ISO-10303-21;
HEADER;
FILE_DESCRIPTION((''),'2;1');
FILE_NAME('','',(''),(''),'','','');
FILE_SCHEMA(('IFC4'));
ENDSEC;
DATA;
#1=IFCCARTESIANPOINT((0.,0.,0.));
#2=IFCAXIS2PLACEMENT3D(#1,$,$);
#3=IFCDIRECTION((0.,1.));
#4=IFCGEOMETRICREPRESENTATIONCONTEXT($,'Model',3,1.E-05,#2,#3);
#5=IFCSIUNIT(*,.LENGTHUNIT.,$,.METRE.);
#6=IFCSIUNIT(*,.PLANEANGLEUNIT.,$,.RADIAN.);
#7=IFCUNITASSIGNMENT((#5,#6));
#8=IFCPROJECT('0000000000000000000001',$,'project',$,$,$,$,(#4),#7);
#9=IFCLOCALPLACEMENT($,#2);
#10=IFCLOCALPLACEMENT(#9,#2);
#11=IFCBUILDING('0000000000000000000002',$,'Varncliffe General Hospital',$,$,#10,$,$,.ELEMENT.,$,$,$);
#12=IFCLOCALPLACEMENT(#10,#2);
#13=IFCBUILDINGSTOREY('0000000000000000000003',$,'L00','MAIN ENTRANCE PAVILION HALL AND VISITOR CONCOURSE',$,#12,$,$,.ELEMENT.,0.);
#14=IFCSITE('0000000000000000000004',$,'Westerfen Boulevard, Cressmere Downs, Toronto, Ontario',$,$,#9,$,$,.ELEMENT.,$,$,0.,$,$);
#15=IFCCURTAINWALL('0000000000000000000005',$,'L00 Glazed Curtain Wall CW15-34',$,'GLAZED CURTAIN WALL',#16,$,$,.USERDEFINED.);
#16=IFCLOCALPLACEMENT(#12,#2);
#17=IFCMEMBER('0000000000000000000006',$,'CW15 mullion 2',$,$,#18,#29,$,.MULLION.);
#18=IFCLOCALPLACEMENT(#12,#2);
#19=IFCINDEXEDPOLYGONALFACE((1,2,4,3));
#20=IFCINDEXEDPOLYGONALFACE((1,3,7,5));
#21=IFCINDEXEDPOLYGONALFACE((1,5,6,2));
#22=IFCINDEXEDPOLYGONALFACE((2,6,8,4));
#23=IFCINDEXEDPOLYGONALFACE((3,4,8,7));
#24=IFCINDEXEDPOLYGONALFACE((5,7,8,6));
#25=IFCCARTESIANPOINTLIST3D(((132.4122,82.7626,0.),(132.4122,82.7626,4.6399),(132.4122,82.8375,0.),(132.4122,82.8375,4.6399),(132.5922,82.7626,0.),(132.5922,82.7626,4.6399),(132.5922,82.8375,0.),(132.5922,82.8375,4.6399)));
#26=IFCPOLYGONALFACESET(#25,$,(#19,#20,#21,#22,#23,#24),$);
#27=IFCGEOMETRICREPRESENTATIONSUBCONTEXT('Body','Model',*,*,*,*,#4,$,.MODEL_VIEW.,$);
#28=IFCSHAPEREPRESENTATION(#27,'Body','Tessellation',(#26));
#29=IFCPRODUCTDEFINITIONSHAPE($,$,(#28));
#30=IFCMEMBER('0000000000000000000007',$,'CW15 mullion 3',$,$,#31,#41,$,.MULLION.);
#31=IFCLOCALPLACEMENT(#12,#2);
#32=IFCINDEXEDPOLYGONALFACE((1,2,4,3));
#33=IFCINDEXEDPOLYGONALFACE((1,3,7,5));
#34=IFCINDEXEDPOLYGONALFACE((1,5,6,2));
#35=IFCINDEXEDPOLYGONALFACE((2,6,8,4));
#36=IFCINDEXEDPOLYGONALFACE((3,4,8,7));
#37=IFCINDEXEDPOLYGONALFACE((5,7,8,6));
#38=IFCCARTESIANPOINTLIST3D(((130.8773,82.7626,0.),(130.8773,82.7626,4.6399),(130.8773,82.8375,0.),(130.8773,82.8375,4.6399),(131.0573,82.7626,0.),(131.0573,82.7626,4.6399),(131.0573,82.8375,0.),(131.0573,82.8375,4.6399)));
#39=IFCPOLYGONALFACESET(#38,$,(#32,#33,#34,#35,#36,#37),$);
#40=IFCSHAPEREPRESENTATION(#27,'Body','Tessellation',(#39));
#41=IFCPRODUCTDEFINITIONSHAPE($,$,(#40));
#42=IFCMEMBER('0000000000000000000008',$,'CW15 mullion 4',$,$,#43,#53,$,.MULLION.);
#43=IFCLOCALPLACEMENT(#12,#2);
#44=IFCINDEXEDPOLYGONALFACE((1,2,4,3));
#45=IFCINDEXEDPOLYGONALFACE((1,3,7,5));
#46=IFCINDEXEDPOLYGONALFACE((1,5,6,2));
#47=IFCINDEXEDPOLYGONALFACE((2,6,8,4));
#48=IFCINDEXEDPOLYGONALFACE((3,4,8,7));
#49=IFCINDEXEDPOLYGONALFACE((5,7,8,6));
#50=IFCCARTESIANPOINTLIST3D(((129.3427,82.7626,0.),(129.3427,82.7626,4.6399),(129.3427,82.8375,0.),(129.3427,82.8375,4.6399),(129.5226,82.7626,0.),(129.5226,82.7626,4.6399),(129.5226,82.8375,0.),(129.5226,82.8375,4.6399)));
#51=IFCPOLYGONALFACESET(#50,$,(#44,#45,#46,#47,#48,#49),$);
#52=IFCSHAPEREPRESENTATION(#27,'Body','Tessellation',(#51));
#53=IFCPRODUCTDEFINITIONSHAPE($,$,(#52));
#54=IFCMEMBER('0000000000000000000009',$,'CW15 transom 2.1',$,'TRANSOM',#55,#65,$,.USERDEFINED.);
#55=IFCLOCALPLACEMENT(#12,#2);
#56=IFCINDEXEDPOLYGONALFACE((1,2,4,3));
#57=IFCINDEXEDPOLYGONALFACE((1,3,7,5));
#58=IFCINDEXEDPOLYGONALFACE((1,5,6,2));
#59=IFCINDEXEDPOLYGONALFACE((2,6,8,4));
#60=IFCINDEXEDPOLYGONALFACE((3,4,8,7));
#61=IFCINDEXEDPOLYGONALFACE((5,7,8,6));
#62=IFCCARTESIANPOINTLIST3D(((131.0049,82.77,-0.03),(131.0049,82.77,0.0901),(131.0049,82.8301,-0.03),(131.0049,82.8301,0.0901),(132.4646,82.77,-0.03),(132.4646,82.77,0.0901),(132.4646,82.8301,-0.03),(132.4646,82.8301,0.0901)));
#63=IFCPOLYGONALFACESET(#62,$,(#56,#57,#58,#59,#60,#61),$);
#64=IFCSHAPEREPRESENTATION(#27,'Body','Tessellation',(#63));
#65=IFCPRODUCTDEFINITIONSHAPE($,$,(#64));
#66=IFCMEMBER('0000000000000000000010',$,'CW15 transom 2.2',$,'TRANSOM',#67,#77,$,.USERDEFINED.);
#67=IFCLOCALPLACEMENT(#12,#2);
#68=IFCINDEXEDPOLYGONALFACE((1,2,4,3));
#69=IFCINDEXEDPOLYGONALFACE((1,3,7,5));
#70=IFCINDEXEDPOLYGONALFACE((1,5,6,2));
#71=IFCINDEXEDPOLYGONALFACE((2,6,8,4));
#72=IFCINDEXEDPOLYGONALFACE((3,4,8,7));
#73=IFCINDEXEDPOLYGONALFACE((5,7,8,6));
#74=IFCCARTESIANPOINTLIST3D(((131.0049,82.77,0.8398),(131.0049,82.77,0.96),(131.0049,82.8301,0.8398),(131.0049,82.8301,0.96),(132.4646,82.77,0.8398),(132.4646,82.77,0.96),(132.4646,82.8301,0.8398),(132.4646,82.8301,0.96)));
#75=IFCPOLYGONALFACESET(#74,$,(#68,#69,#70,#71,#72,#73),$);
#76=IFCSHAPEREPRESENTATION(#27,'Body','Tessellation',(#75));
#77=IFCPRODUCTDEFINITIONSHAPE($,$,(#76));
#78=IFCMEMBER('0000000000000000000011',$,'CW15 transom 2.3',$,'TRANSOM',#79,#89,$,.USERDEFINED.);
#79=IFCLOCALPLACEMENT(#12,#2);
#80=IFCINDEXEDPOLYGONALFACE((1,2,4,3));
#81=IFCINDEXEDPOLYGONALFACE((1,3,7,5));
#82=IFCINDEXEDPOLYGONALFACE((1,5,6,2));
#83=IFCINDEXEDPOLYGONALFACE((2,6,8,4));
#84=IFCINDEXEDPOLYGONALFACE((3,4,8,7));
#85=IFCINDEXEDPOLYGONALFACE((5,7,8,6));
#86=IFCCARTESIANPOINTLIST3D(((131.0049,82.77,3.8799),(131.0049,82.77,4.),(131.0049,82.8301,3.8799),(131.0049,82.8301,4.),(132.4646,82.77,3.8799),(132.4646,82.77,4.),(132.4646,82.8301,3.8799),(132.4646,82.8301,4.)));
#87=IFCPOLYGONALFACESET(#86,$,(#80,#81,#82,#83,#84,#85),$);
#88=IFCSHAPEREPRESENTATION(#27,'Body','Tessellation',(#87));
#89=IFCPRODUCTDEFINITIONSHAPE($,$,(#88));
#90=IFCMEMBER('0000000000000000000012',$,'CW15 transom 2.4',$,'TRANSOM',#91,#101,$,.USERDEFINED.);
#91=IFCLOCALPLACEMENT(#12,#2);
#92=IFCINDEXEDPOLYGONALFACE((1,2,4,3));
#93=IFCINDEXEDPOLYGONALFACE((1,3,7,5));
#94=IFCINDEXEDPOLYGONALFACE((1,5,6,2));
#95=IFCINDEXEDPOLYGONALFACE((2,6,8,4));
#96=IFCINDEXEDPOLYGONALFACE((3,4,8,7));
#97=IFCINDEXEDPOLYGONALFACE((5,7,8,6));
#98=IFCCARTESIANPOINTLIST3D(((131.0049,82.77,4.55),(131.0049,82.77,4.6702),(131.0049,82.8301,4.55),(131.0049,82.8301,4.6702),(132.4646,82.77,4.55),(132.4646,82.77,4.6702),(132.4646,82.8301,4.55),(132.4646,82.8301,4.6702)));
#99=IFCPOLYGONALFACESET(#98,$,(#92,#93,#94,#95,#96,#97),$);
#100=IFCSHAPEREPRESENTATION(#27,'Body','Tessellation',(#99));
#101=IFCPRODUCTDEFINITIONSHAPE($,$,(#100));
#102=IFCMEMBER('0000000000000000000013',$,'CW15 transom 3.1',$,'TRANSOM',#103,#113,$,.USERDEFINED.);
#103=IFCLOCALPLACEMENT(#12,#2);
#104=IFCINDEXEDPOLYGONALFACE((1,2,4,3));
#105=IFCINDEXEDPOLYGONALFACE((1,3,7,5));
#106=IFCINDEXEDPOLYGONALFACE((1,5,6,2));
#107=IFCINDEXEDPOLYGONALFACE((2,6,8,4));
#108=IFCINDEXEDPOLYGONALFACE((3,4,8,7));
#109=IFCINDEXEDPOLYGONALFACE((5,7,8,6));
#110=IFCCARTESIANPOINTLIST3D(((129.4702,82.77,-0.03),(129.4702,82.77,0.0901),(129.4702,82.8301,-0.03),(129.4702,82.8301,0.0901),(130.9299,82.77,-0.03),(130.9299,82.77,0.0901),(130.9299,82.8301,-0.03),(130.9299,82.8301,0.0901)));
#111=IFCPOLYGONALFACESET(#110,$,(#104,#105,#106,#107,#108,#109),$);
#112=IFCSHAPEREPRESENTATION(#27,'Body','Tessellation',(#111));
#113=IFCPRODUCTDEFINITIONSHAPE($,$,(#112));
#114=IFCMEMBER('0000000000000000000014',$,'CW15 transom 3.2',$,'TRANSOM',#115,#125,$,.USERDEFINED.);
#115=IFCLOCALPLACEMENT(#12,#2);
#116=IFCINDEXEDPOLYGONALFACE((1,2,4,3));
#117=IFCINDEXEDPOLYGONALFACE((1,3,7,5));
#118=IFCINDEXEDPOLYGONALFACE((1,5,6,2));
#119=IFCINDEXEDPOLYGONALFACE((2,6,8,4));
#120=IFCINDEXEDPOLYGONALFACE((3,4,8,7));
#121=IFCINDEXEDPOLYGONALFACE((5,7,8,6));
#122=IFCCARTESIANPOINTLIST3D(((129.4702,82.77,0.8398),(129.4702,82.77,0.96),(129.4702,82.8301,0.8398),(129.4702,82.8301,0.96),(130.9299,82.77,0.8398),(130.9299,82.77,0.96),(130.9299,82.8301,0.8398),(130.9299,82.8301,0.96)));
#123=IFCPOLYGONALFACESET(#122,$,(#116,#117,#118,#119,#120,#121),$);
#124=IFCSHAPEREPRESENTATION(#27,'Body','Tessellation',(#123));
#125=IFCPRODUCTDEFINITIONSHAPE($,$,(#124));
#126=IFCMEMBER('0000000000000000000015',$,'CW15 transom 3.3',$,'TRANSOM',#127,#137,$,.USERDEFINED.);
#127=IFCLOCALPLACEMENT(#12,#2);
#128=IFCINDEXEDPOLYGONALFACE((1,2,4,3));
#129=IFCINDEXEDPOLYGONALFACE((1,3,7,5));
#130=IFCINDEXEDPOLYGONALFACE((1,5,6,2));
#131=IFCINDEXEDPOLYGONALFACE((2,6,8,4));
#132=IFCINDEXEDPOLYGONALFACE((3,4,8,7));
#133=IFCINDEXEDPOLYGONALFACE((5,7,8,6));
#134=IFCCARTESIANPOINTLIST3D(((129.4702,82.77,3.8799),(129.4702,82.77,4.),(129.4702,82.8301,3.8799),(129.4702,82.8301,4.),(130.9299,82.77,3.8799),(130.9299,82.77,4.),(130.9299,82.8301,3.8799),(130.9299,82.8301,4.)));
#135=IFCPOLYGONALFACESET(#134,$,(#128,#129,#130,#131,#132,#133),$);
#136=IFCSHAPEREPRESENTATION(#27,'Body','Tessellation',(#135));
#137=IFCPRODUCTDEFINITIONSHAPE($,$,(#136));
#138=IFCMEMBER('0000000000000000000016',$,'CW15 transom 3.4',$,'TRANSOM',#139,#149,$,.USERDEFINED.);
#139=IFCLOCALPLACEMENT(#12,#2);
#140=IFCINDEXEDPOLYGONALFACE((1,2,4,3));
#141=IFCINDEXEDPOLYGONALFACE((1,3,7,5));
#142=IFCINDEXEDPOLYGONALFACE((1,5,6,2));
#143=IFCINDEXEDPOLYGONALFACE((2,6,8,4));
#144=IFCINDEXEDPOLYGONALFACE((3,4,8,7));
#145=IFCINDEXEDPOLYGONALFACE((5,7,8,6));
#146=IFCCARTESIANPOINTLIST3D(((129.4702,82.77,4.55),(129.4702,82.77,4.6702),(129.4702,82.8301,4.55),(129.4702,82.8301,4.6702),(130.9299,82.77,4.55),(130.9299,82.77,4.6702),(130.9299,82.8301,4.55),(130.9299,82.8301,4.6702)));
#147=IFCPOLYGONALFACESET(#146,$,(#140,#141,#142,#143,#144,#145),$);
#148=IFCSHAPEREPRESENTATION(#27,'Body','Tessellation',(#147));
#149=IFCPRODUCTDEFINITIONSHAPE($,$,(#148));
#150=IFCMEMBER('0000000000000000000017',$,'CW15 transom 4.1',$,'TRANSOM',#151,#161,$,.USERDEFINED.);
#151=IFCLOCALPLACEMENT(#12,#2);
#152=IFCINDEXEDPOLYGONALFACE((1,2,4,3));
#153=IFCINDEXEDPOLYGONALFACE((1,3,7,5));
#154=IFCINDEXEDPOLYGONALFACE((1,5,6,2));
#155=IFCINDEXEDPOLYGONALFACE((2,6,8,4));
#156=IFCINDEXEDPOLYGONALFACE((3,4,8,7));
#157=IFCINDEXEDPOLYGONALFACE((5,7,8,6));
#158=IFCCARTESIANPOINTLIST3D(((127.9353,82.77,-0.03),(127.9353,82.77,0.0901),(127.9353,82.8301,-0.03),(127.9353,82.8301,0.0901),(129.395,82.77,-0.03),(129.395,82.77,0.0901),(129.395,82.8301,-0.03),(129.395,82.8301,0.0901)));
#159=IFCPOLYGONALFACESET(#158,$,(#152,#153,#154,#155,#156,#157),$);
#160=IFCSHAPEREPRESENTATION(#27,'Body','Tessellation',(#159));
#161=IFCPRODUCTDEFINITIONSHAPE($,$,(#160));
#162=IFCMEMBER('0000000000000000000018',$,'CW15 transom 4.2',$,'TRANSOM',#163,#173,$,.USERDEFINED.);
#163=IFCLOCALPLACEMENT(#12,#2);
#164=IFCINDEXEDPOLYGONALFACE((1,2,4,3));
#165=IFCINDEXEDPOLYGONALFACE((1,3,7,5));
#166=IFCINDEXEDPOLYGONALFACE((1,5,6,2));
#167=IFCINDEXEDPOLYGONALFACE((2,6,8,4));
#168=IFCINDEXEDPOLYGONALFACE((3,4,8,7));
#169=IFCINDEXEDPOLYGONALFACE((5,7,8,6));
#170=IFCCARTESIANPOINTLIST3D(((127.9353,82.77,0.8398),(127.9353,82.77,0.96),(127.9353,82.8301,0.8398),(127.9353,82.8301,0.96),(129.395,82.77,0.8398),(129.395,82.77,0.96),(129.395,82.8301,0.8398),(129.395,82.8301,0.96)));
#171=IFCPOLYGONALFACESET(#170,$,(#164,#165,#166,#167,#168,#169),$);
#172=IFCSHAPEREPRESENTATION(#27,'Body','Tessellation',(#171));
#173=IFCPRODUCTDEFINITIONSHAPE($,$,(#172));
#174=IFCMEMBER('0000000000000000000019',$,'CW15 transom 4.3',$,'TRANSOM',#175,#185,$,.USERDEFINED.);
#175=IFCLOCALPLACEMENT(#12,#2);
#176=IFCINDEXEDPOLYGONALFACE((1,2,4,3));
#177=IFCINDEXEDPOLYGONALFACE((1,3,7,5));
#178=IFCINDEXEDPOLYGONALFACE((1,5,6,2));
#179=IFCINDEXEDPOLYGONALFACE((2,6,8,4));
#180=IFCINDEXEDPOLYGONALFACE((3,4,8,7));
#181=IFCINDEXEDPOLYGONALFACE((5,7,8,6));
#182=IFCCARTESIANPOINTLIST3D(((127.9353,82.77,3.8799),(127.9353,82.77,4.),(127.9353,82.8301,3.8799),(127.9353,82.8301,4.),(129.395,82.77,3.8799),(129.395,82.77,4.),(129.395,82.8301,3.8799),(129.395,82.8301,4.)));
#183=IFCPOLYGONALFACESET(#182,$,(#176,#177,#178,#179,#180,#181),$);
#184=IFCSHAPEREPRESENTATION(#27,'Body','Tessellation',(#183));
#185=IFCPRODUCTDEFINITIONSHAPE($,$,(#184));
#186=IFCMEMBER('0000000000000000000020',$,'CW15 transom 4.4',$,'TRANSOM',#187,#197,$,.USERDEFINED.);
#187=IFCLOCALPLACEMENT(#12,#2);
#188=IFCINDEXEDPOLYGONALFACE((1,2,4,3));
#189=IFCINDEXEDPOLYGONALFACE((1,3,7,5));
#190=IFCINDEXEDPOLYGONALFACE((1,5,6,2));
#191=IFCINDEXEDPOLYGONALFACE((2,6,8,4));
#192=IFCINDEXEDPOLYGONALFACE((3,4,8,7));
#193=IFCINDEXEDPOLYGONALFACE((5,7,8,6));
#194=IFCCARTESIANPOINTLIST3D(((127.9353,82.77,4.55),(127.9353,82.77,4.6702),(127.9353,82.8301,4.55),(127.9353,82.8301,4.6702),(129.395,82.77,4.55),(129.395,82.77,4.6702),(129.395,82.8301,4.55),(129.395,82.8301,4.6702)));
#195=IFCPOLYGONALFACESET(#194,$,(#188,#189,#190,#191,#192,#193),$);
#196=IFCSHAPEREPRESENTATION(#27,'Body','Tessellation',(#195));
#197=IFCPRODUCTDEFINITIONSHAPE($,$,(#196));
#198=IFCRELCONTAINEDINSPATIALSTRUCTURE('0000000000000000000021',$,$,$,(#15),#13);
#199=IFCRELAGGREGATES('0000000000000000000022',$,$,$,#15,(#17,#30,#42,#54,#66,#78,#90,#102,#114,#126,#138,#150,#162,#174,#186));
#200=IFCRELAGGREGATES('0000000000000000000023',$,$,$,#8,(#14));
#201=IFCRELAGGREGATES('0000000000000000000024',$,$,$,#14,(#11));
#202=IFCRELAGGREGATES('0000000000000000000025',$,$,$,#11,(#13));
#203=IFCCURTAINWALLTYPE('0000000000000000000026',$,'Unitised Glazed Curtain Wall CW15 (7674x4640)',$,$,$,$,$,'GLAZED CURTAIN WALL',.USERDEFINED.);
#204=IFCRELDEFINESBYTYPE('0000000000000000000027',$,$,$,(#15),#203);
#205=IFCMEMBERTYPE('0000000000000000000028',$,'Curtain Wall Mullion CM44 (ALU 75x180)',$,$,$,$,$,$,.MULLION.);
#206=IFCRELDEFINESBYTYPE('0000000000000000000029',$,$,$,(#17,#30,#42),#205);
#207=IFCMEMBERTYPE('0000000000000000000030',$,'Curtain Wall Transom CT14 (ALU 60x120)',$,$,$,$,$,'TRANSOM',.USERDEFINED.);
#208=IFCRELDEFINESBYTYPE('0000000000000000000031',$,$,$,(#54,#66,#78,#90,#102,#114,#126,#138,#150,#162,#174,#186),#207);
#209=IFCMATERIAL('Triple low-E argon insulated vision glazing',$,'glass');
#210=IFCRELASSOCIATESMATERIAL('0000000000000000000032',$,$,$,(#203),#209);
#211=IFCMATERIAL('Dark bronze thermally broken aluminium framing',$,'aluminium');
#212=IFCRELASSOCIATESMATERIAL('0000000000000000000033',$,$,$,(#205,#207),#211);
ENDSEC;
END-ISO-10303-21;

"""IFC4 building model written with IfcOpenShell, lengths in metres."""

from ifc_helpers import new_model, si_unit, direction, frame, origin, origin_2d, place, context, subcontext, project, spatial, rectangle, extrude, material, material_profile, profile_set, type_object, element, aggregate, save


model = new_model("IFC4")

# Units and contexts
model_context = context("Model", 3, precision=1e-05, world=origin(), true_north=direction((0.0, 1.0)))
body_context = subcontext(model_context, "Body", "Model", "MODEL_VIEW")
ifc_project = project(units=[si_unit("LENGTHUNIT", "METRE"), si_unit("PLANEANGLEUNIT", "RADIAN")], contexts=[model_context])

# Site, building, storey
site_placement = place(None, origin())
site = spatial("IfcSite", under=ifc_project, at=site_placement, Name="Westerfen Boulevard, Cressmere Downs, Toronto, Ontario", CompositionType="ELEMENT", RefElevation=0.0)
building_placement = place(site_placement, origin())
building = spatial("IfcBuilding", under=site, at=building_placement, Name="Varncliffe General Hospital", CompositionType="ELEMENT")
storey_placement = place(building_placement, origin())
storey = spatial("IfcBuildingStorey", under=building, at=storey_placement, Name="L00", Description="MAIN ENTRANCE PAVILION HALL AND VISITOR CONCOURSE", CompositionType="ELEMENT", Elevation=0.0)

# Curtain wall, members
ifc_material_1 = material(Name="Triple low-E argon insulated vision glazing", Category="glass")
curtain_wall_type = type_object("IfcCurtainWallType", Name="Unitised Glazed Curtain Wall CW15 (7674x4640)", ElementType="GLAZED CURTAIN WALL", PredefinedType="USERDEFINED", material=ifc_material_1)
curtain_wall_placement = place(storey_placement, origin())
curtain_wall = element("IfcCurtainWall", 1, at=curtain_wall_placement, inside=storey, type_object=curtain_wall_type, Name="L00 Glazed Curtain Wall CW15-34", ObjectType="GLAZED CURTAIN WALL", PredefinedType="USERDEFINED")
ifc_material_2 = material(Name="Dark bronze thermally broken aluminium framing", Category="aluminium")
ifc_material_profile_1 = material_profile(ifc_material_2, rectangle(XDim=0.075, YDim=0.1799, at=origin_2d()), Name="ALU 75x180")
ifc_profile_set_1 = profile_set([ifc_material_profile_1], Name="Dark bronze thermally broken aluminium framing")
member_type_1 = type_object("IfcMemberType", Name="Curtain Wall Mullion CM44 (ALU 75x180)", PredefinedType="MULLION", material=ifc_profile_set_1)
member_1_placement = place(storey_placement, frame((132.5022, 82.8, 0.0), z_axis=(0.0, 0.0, 1.0), x_axis=(0.0, -1.0, 0.0)))
member_1 = element("IfcMember", 2, at=member_1_placement, type_object=member_type_1, Name="CW15 mullion 2", PredefinedType="MULLION", context=body_context, shape_type="SweptSolid", body=[
    extrude(rectangle(XDim=0.075, YDim=0.1799, at=origin_2d()), origin(), (0.0, 0.0, 1.0), 4.6399),
])
member_2_placement = place(storey_placement, frame((130.9673, 82.8, 0.0), z_axis=(0.0, 0.0, 1.0), x_axis=(0.0, -1.0, 0.0)))
member_2 = element("IfcMember", 3, at=member_2_placement, type_object=member_type_1, Name="CW15 mullion 3", PredefinedType="MULLION", context=body_context, shape_type="SweptSolid", body=[
    extrude(rectangle(XDim=0.075, YDim=0.1799, at=origin_2d()), origin(), (0.0, 0.0, 1.0), 4.6399),
])
member_3_placement = place(storey_placement, frame((129.4326, 82.8, 0.0), z_axis=(0.0, 0.0, 1.0), x_axis=(0.0, -1.0, 0.0)))
member_3 = element("IfcMember", 4, at=member_3_placement, type_object=member_type_1, Name="CW15 mullion 4", PredefinedType="MULLION", context=body_context, shape_type="SweptSolid", body=[
    extrude(rectangle(XDim=0.075, YDim=0.1799, at=origin_2d()), origin(), (0.0, 0.0, 1.0), 4.6399),
])
ifc_material_profile_2 = material_profile(ifc_material_2, rectangle(XDim=0.0601, YDim=0.1201, at=origin_2d()), Name="ALU 60x120")
ifc_profile_set_2 = profile_set([ifc_material_profile_2], Name="Dark bronze thermally broken aluminium framing")
member_type_2 = type_object("IfcMemberType", Name="Curtain Wall Transom CT14 (ALU 60x120)", ElementType="TRANSOM", PredefinedType="USERDEFINED", material=ifc_profile_set_2)
member_4_placement = place(storey_placement, frame((132.4646, 82.8, 0.03), z_axis=(-1.0, 0.0, 0.0), x_axis=(0.0, -1.0, 0.0)))
member_4 = element("IfcMember", 5, at=member_4_placement, type_object=member_type_2, Name="CW15 transom 2.1", ObjectType="TRANSOM", PredefinedType="USERDEFINED", context=body_context, shape_type="SweptSolid", body=[
    extrude(rectangle(XDim=0.0601, YDim=0.1201, at=origin_2d()), origin(), (0.0, 0.0, 1.0), 1.4597),
])
member_5_placement = place(storey_placement, frame((132.4646, 82.8, 0.8999), z_axis=(-1.0, 0.0, 0.0), x_axis=(0.0, -1.0, 0.0)))
member_5 = element("IfcMember", 6, at=member_5_placement, type_object=member_type_2, Name="CW15 transom 2.2", ObjectType="TRANSOM", PredefinedType="USERDEFINED", context=body_context, shape_type="SweptSolid", body=[
    extrude(rectangle(XDim=0.0601, YDim=0.1201, at=origin_2d()), origin(), (0.0, 0.0, 1.0), 1.4597),
])
member_6_placement = place(storey_placement, frame((132.4646, 82.8, 3.9399), z_axis=(-1.0, 0.0, 0.0), x_axis=(0.0, -1.0, 0.0)))
member_6 = element("IfcMember", 7, at=member_6_placement, type_object=member_type_2, Name="CW15 transom 2.3", ObjectType="TRANSOM", PredefinedType="USERDEFINED", context=body_context, shape_type="SweptSolid", body=[
    extrude(rectangle(XDim=0.0601, YDim=0.1201, at=origin_2d()), origin(), (0.0, 0.0, 1.0), 1.4597),
])
member_7_placement = place(storey_placement, frame((132.4646, 82.8, 4.6101), z_axis=(-1.0, 0.0, 0.0), x_axis=(0.0, -1.0, 0.0)))
member_7 = element("IfcMember", 8, at=member_7_placement, type_object=member_type_2, Name="CW15 transom 2.4", ObjectType="TRANSOM", PredefinedType="USERDEFINED", context=body_context, shape_type="SweptSolid", body=[
    extrude(rectangle(XDim=0.0601, YDim=0.1201, at=origin_2d()), origin(), (0.0, 0.0, 1.0), 1.4597),
])
member_8_placement = place(storey_placement, frame((130.9299, 82.8, 0.03), z_axis=(-1.0, 0.0, 0.0), x_axis=(0.0, -1.0, 0.0)))
member_8 = element("IfcMember", 9, at=member_8_placement, type_object=member_type_2, Name="CW15 transom 3.1", ObjectType="TRANSOM", PredefinedType="USERDEFINED", context=body_context, shape_type="SweptSolid", body=[
    extrude(rectangle(XDim=0.0601, YDim=0.1201, at=origin_2d()), origin(), (0.0, 0.0, 1.0), 1.4597),
])
member_9_placement = place(storey_placement, frame((130.9299, 82.8, 0.8999), z_axis=(-1.0, 0.0, 0.0), x_axis=(0.0, -1.0, 0.0)))
member_9 = element("IfcMember", 10, at=member_9_placement, type_object=member_type_2, Name="CW15 transom 3.2", ObjectType="TRANSOM", PredefinedType="USERDEFINED", context=body_context, shape_type="SweptSolid", body=[
    extrude(rectangle(XDim=0.0601, YDim=0.1201, at=origin_2d()), origin(), (0.0, 0.0, 1.0), 1.4597),
])
member_10_placement = place(storey_placement, frame((130.9299, 82.8, 3.9399), z_axis=(-1.0, 0.0, 0.0), x_axis=(0.0, -1.0, 0.0)))
member_10 = element("IfcMember", 11, at=member_10_placement, type_object=member_type_2, Name="CW15 transom 3.3", ObjectType="TRANSOM", PredefinedType="USERDEFINED", context=body_context, shape_type="SweptSolid", body=[
    extrude(rectangle(XDim=0.0601, YDim=0.1201, at=origin_2d()), origin(), (0.0, 0.0, 1.0), 1.4597),
])
member_11_placement = place(storey_placement, frame((130.9299, 82.8, 4.6101), z_axis=(-1.0, 0.0, 0.0), x_axis=(0.0, -1.0, 0.0)))
member_11 = element("IfcMember", 12, at=member_11_placement, type_object=member_type_2, Name="CW15 transom 3.4", ObjectType="TRANSOM", PredefinedType="USERDEFINED", context=body_context, shape_type="SweptSolid", body=[
    extrude(rectangle(XDim=0.0601, YDim=0.1201, at=origin_2d()), origin(), (0.0, 0.0, 1.0), 1.4597),
])
member_12_placement = place(storey_placement, frame((129.395, 82.8, 0.03), z_axis=(-1.0, 0.0, 0.0), x_axis=(0.0, -1.0, 0.0)))
member_12 = element("IfcMember", 13, at=member_12_placement, type_object=member_type_2, Name="CW15 transom 4.1", ObjectType="TRANSOM", PredefinedType="USERDEFINED", context=body_context, shape_type="SweptSolid", body=[
    extrude(rectangle(XDim=0.0601, YDim=0.1201, at=origin_2d()), origin(), (0.0, 0.0, 1.0), 1.4597),
])
member_13_placement = place(storey_placement, frame((129.395, 82.8, 0.8999), z_axis=(-1.0, 0.0, 0.0), x_axis=(0.0, -1.0, 0.0)))
member_13 = element("IfcMember", 14, at=member_13_placement, type_object=member_type_2, Name="CW15 transom 4.2", ObjectType="TRANSOM", PredefinedType="USERDEFINED", context=body_context, shape_type="SweptSolid", body=[
    extrude(rectangle(XDim=0.0601, YDim=0.1201, at=origin_2d()), origin(), (0.0, 0.0, 1.0), 1.4597),
])
member_14_placement = place(storey_placement, frame((129.395, 82.8, 3.9399), z_axis=(-1.0, 0.0, 0.0), x_axis=(0.0, -1.0, 0.0)))
member_14 = element("IfcMember", 15, at=member_14_placement, type_object=member_type_2, Name="CW15 transom 4.3", ObjectType="TRANSOM", PredefinedType="USERDEFINED", context=body_context, shape_type="SweptSolid", body=[
    extrude(rectangle(XDim=0.0601, YDim=0.1201, at=origin_2d()), origin(), (0.0, 0.0, 1.0), 1.4597),
])
member_15_placement = place(storey_placement, frame((129.395, 82.8, 4.6101), z_axis=(-1.0, 0.0, 0.0), x_axis=(0.0, -1.0, 0.0)))
member_15 = element("IfcMember", 16, at=member_15_placement, type_object=member_type_2, Name="CW15 transom 4.4", ObjectType="TRANSOM", PredefinedType="USERDEFINED", context=body_context, shape_type="SweptSolid", body=[
    extrude(rectangle(XDim=0.0601, YDim=0.1201, at=origin_2d()), origin(), (0.0, 0.0, 1.0), 1.4597),
])
aggregate(curtain_wall, [member_1, member_2, member_3, member_4, member_5, member_6, member_7, member_8, member_9, member_10, member_11, member_12, member_13, member_14, member_15])

save(model, "model.ifc")
